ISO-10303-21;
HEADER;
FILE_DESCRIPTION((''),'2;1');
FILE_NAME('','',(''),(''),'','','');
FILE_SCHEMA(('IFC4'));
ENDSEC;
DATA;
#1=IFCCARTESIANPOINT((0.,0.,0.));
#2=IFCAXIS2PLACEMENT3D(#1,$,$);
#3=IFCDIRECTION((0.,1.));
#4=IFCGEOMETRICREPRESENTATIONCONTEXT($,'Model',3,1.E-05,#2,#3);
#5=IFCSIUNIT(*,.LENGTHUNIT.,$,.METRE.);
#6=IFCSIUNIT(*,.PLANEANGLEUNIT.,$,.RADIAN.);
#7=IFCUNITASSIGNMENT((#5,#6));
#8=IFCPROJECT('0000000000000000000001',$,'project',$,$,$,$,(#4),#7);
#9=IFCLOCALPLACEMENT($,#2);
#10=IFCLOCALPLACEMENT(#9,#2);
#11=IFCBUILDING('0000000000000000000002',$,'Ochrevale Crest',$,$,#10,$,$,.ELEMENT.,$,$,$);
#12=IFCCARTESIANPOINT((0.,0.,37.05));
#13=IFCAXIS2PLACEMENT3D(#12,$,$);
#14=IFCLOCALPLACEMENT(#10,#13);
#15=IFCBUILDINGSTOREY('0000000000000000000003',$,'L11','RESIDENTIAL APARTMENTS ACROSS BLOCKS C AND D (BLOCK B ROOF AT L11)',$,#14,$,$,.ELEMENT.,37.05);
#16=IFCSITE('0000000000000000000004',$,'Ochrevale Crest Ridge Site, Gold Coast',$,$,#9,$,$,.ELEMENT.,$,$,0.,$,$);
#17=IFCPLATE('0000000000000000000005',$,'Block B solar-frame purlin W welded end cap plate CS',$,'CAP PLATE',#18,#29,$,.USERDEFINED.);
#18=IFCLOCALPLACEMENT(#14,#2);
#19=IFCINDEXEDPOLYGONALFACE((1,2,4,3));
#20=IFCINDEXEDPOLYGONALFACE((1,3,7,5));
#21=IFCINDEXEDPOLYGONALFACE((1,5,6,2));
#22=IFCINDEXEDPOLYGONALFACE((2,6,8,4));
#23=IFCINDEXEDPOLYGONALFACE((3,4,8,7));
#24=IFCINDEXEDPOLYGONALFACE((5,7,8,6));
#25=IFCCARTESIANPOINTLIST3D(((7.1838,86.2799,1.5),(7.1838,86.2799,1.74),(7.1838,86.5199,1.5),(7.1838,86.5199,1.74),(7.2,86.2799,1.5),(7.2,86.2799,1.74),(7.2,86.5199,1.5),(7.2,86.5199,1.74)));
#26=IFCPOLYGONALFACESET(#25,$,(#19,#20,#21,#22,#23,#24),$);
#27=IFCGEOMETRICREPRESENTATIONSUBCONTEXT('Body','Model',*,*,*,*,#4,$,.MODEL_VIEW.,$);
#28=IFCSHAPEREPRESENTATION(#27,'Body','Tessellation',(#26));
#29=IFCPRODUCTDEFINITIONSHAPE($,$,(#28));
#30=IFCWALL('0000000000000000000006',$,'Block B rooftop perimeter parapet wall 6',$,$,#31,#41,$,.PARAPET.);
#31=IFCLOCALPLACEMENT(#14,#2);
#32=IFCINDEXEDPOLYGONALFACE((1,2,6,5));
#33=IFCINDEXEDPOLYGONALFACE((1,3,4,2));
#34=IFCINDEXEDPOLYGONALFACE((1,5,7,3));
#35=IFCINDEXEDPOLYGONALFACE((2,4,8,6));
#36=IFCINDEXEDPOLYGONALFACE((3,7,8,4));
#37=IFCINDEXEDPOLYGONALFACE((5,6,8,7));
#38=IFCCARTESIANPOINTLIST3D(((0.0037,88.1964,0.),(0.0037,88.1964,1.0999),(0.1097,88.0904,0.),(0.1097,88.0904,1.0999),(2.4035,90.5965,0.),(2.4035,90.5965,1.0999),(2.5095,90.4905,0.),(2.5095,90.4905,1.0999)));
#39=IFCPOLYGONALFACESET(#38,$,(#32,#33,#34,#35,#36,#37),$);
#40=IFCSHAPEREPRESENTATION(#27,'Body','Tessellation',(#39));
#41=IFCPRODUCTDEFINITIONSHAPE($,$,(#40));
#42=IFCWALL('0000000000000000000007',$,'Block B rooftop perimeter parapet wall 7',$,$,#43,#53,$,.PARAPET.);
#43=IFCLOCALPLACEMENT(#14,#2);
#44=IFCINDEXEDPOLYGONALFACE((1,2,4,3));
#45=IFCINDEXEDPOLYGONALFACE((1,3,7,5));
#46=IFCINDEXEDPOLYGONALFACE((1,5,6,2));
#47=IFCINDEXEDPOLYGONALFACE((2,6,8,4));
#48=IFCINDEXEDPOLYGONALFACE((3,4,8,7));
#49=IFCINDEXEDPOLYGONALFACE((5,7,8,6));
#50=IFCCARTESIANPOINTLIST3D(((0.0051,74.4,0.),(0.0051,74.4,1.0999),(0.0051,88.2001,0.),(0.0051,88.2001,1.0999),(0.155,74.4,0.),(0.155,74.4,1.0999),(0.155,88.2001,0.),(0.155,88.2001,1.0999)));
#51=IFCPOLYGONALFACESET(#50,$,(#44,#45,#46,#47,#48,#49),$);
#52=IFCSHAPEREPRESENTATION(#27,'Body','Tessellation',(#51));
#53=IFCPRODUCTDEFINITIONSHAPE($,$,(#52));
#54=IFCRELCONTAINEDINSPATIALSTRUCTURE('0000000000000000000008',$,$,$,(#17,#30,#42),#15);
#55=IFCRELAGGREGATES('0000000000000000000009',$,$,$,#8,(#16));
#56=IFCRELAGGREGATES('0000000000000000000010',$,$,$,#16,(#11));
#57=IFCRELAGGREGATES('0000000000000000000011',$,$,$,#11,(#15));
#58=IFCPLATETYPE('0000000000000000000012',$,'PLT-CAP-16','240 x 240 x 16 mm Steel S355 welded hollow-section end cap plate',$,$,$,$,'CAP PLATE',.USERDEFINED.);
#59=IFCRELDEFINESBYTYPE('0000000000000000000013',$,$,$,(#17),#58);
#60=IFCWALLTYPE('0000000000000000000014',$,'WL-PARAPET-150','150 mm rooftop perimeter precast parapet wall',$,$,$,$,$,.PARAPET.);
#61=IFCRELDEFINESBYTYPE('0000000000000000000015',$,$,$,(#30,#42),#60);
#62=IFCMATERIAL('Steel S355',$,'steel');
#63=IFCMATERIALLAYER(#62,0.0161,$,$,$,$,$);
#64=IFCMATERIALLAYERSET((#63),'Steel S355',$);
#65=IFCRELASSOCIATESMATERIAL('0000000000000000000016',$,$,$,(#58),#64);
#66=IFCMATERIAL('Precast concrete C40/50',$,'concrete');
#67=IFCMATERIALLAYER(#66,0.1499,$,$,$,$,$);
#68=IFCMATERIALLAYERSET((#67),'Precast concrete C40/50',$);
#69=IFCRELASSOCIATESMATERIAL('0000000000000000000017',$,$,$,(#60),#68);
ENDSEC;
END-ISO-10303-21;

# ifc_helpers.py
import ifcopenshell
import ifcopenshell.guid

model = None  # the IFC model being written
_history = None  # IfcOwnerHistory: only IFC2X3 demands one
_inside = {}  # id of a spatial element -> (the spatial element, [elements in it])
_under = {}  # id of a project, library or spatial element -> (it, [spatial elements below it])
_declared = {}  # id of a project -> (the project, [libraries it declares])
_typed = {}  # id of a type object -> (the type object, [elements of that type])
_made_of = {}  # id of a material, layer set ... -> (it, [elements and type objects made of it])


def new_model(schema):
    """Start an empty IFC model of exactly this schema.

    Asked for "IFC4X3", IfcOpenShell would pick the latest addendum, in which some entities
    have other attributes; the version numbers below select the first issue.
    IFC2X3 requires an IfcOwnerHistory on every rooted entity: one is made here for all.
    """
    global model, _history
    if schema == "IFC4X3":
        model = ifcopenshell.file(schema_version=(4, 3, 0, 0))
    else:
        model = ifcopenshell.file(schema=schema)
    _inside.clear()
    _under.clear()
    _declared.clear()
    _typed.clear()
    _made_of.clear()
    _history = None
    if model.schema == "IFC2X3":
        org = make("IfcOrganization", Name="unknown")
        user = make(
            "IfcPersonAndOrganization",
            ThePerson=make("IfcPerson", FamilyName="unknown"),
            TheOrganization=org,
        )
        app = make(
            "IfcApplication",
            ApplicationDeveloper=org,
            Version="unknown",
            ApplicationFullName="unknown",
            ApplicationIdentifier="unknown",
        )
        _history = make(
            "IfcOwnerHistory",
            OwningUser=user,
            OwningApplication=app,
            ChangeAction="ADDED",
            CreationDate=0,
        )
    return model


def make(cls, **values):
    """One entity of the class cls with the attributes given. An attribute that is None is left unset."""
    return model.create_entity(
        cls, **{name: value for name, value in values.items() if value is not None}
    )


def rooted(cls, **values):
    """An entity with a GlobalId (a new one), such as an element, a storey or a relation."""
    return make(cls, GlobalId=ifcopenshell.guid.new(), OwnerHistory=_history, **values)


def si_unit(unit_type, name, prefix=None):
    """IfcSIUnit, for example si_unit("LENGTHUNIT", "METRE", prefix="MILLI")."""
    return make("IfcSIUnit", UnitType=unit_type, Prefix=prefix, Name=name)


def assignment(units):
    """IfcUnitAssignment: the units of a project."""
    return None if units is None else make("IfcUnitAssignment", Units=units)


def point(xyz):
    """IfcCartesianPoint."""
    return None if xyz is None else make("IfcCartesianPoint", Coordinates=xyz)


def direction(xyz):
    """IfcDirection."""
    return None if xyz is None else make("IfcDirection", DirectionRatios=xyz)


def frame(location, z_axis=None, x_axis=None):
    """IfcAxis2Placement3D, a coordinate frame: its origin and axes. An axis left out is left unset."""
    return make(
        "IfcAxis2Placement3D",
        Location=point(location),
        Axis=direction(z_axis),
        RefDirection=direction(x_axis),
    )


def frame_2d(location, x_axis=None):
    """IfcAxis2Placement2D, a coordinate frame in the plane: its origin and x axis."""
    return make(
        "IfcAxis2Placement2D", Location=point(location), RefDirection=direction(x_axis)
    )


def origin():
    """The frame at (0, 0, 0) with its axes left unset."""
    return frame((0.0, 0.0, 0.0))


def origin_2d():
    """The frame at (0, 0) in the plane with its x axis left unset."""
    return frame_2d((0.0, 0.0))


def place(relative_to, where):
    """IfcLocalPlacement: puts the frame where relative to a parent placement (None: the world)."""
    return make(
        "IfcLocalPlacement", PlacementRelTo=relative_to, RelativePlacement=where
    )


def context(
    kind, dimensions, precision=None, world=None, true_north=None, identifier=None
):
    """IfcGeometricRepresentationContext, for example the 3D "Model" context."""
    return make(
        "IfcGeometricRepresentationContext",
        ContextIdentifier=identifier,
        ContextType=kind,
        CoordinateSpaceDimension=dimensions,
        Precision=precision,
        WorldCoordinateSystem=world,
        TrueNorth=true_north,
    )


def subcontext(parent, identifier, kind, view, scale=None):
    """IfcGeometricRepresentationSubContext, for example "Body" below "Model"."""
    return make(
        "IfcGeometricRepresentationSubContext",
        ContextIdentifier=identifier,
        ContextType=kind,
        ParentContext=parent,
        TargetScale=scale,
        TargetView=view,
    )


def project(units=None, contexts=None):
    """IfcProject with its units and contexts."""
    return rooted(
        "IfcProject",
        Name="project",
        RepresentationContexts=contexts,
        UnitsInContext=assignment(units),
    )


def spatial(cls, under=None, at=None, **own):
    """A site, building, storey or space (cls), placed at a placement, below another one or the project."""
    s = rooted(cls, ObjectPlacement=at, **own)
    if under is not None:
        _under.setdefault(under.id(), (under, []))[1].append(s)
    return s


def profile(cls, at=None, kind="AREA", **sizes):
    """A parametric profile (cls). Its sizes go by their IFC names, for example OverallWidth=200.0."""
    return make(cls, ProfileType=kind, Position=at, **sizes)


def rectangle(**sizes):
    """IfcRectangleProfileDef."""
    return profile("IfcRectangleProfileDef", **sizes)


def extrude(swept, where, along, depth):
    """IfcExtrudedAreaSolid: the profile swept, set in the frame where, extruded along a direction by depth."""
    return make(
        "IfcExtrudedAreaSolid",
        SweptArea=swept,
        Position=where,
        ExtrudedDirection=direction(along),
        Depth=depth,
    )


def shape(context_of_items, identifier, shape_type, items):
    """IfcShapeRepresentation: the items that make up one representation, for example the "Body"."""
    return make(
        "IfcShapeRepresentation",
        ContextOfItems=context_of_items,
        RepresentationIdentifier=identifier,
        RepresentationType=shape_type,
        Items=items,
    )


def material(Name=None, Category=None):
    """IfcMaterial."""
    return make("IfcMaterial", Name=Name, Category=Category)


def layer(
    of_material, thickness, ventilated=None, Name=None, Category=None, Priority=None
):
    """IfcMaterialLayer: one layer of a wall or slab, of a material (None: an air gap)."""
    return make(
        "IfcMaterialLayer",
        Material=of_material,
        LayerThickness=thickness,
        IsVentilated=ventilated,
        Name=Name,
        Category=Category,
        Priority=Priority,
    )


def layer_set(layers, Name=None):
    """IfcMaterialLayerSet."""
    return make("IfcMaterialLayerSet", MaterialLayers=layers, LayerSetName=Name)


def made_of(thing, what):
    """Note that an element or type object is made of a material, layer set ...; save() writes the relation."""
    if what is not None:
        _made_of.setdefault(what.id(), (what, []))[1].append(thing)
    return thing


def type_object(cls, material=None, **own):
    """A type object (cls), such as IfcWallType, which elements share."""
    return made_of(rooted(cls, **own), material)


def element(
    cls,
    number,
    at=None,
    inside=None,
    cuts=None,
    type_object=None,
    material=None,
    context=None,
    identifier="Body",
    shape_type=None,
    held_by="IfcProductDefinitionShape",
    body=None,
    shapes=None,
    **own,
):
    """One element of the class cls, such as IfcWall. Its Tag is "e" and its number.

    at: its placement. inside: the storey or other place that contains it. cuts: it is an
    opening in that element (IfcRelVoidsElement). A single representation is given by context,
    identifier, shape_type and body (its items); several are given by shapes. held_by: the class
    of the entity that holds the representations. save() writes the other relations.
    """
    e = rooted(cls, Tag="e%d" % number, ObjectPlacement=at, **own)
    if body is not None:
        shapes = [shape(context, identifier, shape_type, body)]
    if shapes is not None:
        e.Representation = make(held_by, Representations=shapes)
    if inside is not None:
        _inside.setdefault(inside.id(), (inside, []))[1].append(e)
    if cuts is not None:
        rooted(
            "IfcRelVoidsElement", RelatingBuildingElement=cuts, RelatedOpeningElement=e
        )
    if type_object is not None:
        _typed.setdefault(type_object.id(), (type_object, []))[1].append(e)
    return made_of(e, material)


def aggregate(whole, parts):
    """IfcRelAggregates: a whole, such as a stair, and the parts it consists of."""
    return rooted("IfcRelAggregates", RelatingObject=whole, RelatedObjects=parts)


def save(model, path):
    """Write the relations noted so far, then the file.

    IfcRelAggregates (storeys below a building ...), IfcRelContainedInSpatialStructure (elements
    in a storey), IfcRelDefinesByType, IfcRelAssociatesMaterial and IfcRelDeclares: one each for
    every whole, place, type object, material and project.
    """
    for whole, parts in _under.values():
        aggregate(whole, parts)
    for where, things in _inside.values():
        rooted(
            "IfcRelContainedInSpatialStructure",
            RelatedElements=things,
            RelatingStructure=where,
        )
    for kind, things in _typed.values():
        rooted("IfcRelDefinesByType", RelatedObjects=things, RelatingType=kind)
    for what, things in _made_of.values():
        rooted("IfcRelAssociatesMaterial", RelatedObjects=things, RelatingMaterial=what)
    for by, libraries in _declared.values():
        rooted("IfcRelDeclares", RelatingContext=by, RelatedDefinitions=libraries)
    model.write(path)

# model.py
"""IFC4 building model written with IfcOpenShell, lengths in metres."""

from ifc_helpers import new_model, si_unit, direction, frame, frame_2d, origin, origin_2d, place, context, subcontext, project, spatial, rectangle, extrude, material, layer, layer_set, type_object, element, save


model = new_model("IFC4")

# Units and contexts
model_context = context("Model", 3, precision=1e-05, world=origin(), true_north=direction((0.0, 1.0)))
body_context = subcontext(model_context, "Body", "Model", "MODEL_VIEW")
ifc_project = project(units=[si_unit("LENGTHUNIT", "METRE"), si_unit("PLANEANGLEUNIT", "RADIAN")], contexts=[model_context])

# Site, building, storey
site_placement = place(None, origin())
site = spatial("IfcSite", under=ifc_project, at=site_placement, Name="Ochrevale Crest Ridge Site, Gold Coast", CompositionType="ELEMENT", RefElevation=0.0)
building_placement = place(site_placement, origin())
building = spatial("IfcBuilding", under=site, at=building_placement, Name="Ochrevale Crest", CompositionType="ELEMENT")
storey_placement = place(building_placement, frame((0.0, 0.0, 37.05)))
storey = spatial("IfcBuildingStorey", under=building, at=storey_placement, Name="L11", Description="RESIDENTIAL APARTMENTS ACROSS BLOCKS C AND D (BLOCK B ROOF AT L11)", CompositionType="ELEMENT", Elevation=37.05)

# Shared definitions
ifc_material_1 = material(Name="Steel S355", Category="steel")

# Plate
ifc_layer_1 = layer(ifc_material_1, 0.0161)
ifc_layer_set_1 = layer_set([ifc_layer_1], Name="Steel S355")
plate_type = type_object("IfcPlateType", Name="PLT-CAP-16", Description="240 x 240 x 16 mm Steel S355 welded hollow-section end cap plate", ElementType="CAP PLATE", PredefinedType="USERDEFINED", material=ifc_layer_set_1)
for number, where, z_axis, x_axis, name in (
    (1, (7.1919, 86.3999, 1.5), (0.0, 0.0, 1.0), (1.0, 0.0, 0.0), "Block B solar-frame purlin W welded end cap plate CS"),
):
    element("IfcPlate", number, at=place(storey_placement, frame(where, z_axis=z_axis, x_axis=x_axis)), inside=storey, type_object=plate_type, Name=name, ObjectType="CAP PLATE", PredefinedType="USERDEFINED", context=body_context, shape_type="SweptSolid", body=[
        extrude(rectangle(XDim=0.0161, YDim=0.24, at=origin_2d()), origin(), (0.0, 0.0, 1.0), 0.24),
    ])

# Walls
ifc_material_2 = material(Name="Precast concrete C40/50", Category="concrete")
ifc_layer_2 = layer(ifc_material_2, 0.1499)
ifc_layer_set_2 = layer_set([ifc_layer_2], Name="Precast concrete C40/50")
wall_type = type_object("IfcWallType", Name="WL-PARAPET-150", Description="150 mm rooftop perimeter precast parapet wall", PredefinedType="PARAPET", material=ifc_layer_set_2)
wall_1_placement = place(storey_placement, frame((2.4565, 90.5435, 0.0), z_axis=(0.0, 0.0, 1.0), x_axis=(-0.707071, -0.707143, 0.0)))
element("IfcWall", 2, at=wall_1_placement, inside=storey, type_object=wall_type, Name="Block B rooftop perimeter parapet wall 6", PredefinedType="PARAPET", context=body_context, shape_type="SweptSolid", body=[
    extrude(rectangle(XDim=3.394, YDim=0.1499, at=frame_2d((1.697, 0.0))), origin(), (0.0, 0.0, 1.0), 1.0999),
])
wall_2_placement = place(storey_placement, frame((0.0801, 88.2, 0.0), z_axis=(0.0, 0.0, 1.0), x_axis=(0.0, -1.0, 0.0)))
element("IfcWall", 3, at=wall_2_placement, inside=storey, type_object=wall_type, Name="Block B rooftop perimeter parapet wall 7", PredefinedType="PARAPET", context=body_context, shape_type="SweptSolid", body=[
    extrude(rectangle(XDim=13.8, YDim=0.1499, at=frame_2d((6.8999, 0.0))), origin(), (0.0, 0.0, 1.0), 1.0999),
])

save(model, "model.ifc")
